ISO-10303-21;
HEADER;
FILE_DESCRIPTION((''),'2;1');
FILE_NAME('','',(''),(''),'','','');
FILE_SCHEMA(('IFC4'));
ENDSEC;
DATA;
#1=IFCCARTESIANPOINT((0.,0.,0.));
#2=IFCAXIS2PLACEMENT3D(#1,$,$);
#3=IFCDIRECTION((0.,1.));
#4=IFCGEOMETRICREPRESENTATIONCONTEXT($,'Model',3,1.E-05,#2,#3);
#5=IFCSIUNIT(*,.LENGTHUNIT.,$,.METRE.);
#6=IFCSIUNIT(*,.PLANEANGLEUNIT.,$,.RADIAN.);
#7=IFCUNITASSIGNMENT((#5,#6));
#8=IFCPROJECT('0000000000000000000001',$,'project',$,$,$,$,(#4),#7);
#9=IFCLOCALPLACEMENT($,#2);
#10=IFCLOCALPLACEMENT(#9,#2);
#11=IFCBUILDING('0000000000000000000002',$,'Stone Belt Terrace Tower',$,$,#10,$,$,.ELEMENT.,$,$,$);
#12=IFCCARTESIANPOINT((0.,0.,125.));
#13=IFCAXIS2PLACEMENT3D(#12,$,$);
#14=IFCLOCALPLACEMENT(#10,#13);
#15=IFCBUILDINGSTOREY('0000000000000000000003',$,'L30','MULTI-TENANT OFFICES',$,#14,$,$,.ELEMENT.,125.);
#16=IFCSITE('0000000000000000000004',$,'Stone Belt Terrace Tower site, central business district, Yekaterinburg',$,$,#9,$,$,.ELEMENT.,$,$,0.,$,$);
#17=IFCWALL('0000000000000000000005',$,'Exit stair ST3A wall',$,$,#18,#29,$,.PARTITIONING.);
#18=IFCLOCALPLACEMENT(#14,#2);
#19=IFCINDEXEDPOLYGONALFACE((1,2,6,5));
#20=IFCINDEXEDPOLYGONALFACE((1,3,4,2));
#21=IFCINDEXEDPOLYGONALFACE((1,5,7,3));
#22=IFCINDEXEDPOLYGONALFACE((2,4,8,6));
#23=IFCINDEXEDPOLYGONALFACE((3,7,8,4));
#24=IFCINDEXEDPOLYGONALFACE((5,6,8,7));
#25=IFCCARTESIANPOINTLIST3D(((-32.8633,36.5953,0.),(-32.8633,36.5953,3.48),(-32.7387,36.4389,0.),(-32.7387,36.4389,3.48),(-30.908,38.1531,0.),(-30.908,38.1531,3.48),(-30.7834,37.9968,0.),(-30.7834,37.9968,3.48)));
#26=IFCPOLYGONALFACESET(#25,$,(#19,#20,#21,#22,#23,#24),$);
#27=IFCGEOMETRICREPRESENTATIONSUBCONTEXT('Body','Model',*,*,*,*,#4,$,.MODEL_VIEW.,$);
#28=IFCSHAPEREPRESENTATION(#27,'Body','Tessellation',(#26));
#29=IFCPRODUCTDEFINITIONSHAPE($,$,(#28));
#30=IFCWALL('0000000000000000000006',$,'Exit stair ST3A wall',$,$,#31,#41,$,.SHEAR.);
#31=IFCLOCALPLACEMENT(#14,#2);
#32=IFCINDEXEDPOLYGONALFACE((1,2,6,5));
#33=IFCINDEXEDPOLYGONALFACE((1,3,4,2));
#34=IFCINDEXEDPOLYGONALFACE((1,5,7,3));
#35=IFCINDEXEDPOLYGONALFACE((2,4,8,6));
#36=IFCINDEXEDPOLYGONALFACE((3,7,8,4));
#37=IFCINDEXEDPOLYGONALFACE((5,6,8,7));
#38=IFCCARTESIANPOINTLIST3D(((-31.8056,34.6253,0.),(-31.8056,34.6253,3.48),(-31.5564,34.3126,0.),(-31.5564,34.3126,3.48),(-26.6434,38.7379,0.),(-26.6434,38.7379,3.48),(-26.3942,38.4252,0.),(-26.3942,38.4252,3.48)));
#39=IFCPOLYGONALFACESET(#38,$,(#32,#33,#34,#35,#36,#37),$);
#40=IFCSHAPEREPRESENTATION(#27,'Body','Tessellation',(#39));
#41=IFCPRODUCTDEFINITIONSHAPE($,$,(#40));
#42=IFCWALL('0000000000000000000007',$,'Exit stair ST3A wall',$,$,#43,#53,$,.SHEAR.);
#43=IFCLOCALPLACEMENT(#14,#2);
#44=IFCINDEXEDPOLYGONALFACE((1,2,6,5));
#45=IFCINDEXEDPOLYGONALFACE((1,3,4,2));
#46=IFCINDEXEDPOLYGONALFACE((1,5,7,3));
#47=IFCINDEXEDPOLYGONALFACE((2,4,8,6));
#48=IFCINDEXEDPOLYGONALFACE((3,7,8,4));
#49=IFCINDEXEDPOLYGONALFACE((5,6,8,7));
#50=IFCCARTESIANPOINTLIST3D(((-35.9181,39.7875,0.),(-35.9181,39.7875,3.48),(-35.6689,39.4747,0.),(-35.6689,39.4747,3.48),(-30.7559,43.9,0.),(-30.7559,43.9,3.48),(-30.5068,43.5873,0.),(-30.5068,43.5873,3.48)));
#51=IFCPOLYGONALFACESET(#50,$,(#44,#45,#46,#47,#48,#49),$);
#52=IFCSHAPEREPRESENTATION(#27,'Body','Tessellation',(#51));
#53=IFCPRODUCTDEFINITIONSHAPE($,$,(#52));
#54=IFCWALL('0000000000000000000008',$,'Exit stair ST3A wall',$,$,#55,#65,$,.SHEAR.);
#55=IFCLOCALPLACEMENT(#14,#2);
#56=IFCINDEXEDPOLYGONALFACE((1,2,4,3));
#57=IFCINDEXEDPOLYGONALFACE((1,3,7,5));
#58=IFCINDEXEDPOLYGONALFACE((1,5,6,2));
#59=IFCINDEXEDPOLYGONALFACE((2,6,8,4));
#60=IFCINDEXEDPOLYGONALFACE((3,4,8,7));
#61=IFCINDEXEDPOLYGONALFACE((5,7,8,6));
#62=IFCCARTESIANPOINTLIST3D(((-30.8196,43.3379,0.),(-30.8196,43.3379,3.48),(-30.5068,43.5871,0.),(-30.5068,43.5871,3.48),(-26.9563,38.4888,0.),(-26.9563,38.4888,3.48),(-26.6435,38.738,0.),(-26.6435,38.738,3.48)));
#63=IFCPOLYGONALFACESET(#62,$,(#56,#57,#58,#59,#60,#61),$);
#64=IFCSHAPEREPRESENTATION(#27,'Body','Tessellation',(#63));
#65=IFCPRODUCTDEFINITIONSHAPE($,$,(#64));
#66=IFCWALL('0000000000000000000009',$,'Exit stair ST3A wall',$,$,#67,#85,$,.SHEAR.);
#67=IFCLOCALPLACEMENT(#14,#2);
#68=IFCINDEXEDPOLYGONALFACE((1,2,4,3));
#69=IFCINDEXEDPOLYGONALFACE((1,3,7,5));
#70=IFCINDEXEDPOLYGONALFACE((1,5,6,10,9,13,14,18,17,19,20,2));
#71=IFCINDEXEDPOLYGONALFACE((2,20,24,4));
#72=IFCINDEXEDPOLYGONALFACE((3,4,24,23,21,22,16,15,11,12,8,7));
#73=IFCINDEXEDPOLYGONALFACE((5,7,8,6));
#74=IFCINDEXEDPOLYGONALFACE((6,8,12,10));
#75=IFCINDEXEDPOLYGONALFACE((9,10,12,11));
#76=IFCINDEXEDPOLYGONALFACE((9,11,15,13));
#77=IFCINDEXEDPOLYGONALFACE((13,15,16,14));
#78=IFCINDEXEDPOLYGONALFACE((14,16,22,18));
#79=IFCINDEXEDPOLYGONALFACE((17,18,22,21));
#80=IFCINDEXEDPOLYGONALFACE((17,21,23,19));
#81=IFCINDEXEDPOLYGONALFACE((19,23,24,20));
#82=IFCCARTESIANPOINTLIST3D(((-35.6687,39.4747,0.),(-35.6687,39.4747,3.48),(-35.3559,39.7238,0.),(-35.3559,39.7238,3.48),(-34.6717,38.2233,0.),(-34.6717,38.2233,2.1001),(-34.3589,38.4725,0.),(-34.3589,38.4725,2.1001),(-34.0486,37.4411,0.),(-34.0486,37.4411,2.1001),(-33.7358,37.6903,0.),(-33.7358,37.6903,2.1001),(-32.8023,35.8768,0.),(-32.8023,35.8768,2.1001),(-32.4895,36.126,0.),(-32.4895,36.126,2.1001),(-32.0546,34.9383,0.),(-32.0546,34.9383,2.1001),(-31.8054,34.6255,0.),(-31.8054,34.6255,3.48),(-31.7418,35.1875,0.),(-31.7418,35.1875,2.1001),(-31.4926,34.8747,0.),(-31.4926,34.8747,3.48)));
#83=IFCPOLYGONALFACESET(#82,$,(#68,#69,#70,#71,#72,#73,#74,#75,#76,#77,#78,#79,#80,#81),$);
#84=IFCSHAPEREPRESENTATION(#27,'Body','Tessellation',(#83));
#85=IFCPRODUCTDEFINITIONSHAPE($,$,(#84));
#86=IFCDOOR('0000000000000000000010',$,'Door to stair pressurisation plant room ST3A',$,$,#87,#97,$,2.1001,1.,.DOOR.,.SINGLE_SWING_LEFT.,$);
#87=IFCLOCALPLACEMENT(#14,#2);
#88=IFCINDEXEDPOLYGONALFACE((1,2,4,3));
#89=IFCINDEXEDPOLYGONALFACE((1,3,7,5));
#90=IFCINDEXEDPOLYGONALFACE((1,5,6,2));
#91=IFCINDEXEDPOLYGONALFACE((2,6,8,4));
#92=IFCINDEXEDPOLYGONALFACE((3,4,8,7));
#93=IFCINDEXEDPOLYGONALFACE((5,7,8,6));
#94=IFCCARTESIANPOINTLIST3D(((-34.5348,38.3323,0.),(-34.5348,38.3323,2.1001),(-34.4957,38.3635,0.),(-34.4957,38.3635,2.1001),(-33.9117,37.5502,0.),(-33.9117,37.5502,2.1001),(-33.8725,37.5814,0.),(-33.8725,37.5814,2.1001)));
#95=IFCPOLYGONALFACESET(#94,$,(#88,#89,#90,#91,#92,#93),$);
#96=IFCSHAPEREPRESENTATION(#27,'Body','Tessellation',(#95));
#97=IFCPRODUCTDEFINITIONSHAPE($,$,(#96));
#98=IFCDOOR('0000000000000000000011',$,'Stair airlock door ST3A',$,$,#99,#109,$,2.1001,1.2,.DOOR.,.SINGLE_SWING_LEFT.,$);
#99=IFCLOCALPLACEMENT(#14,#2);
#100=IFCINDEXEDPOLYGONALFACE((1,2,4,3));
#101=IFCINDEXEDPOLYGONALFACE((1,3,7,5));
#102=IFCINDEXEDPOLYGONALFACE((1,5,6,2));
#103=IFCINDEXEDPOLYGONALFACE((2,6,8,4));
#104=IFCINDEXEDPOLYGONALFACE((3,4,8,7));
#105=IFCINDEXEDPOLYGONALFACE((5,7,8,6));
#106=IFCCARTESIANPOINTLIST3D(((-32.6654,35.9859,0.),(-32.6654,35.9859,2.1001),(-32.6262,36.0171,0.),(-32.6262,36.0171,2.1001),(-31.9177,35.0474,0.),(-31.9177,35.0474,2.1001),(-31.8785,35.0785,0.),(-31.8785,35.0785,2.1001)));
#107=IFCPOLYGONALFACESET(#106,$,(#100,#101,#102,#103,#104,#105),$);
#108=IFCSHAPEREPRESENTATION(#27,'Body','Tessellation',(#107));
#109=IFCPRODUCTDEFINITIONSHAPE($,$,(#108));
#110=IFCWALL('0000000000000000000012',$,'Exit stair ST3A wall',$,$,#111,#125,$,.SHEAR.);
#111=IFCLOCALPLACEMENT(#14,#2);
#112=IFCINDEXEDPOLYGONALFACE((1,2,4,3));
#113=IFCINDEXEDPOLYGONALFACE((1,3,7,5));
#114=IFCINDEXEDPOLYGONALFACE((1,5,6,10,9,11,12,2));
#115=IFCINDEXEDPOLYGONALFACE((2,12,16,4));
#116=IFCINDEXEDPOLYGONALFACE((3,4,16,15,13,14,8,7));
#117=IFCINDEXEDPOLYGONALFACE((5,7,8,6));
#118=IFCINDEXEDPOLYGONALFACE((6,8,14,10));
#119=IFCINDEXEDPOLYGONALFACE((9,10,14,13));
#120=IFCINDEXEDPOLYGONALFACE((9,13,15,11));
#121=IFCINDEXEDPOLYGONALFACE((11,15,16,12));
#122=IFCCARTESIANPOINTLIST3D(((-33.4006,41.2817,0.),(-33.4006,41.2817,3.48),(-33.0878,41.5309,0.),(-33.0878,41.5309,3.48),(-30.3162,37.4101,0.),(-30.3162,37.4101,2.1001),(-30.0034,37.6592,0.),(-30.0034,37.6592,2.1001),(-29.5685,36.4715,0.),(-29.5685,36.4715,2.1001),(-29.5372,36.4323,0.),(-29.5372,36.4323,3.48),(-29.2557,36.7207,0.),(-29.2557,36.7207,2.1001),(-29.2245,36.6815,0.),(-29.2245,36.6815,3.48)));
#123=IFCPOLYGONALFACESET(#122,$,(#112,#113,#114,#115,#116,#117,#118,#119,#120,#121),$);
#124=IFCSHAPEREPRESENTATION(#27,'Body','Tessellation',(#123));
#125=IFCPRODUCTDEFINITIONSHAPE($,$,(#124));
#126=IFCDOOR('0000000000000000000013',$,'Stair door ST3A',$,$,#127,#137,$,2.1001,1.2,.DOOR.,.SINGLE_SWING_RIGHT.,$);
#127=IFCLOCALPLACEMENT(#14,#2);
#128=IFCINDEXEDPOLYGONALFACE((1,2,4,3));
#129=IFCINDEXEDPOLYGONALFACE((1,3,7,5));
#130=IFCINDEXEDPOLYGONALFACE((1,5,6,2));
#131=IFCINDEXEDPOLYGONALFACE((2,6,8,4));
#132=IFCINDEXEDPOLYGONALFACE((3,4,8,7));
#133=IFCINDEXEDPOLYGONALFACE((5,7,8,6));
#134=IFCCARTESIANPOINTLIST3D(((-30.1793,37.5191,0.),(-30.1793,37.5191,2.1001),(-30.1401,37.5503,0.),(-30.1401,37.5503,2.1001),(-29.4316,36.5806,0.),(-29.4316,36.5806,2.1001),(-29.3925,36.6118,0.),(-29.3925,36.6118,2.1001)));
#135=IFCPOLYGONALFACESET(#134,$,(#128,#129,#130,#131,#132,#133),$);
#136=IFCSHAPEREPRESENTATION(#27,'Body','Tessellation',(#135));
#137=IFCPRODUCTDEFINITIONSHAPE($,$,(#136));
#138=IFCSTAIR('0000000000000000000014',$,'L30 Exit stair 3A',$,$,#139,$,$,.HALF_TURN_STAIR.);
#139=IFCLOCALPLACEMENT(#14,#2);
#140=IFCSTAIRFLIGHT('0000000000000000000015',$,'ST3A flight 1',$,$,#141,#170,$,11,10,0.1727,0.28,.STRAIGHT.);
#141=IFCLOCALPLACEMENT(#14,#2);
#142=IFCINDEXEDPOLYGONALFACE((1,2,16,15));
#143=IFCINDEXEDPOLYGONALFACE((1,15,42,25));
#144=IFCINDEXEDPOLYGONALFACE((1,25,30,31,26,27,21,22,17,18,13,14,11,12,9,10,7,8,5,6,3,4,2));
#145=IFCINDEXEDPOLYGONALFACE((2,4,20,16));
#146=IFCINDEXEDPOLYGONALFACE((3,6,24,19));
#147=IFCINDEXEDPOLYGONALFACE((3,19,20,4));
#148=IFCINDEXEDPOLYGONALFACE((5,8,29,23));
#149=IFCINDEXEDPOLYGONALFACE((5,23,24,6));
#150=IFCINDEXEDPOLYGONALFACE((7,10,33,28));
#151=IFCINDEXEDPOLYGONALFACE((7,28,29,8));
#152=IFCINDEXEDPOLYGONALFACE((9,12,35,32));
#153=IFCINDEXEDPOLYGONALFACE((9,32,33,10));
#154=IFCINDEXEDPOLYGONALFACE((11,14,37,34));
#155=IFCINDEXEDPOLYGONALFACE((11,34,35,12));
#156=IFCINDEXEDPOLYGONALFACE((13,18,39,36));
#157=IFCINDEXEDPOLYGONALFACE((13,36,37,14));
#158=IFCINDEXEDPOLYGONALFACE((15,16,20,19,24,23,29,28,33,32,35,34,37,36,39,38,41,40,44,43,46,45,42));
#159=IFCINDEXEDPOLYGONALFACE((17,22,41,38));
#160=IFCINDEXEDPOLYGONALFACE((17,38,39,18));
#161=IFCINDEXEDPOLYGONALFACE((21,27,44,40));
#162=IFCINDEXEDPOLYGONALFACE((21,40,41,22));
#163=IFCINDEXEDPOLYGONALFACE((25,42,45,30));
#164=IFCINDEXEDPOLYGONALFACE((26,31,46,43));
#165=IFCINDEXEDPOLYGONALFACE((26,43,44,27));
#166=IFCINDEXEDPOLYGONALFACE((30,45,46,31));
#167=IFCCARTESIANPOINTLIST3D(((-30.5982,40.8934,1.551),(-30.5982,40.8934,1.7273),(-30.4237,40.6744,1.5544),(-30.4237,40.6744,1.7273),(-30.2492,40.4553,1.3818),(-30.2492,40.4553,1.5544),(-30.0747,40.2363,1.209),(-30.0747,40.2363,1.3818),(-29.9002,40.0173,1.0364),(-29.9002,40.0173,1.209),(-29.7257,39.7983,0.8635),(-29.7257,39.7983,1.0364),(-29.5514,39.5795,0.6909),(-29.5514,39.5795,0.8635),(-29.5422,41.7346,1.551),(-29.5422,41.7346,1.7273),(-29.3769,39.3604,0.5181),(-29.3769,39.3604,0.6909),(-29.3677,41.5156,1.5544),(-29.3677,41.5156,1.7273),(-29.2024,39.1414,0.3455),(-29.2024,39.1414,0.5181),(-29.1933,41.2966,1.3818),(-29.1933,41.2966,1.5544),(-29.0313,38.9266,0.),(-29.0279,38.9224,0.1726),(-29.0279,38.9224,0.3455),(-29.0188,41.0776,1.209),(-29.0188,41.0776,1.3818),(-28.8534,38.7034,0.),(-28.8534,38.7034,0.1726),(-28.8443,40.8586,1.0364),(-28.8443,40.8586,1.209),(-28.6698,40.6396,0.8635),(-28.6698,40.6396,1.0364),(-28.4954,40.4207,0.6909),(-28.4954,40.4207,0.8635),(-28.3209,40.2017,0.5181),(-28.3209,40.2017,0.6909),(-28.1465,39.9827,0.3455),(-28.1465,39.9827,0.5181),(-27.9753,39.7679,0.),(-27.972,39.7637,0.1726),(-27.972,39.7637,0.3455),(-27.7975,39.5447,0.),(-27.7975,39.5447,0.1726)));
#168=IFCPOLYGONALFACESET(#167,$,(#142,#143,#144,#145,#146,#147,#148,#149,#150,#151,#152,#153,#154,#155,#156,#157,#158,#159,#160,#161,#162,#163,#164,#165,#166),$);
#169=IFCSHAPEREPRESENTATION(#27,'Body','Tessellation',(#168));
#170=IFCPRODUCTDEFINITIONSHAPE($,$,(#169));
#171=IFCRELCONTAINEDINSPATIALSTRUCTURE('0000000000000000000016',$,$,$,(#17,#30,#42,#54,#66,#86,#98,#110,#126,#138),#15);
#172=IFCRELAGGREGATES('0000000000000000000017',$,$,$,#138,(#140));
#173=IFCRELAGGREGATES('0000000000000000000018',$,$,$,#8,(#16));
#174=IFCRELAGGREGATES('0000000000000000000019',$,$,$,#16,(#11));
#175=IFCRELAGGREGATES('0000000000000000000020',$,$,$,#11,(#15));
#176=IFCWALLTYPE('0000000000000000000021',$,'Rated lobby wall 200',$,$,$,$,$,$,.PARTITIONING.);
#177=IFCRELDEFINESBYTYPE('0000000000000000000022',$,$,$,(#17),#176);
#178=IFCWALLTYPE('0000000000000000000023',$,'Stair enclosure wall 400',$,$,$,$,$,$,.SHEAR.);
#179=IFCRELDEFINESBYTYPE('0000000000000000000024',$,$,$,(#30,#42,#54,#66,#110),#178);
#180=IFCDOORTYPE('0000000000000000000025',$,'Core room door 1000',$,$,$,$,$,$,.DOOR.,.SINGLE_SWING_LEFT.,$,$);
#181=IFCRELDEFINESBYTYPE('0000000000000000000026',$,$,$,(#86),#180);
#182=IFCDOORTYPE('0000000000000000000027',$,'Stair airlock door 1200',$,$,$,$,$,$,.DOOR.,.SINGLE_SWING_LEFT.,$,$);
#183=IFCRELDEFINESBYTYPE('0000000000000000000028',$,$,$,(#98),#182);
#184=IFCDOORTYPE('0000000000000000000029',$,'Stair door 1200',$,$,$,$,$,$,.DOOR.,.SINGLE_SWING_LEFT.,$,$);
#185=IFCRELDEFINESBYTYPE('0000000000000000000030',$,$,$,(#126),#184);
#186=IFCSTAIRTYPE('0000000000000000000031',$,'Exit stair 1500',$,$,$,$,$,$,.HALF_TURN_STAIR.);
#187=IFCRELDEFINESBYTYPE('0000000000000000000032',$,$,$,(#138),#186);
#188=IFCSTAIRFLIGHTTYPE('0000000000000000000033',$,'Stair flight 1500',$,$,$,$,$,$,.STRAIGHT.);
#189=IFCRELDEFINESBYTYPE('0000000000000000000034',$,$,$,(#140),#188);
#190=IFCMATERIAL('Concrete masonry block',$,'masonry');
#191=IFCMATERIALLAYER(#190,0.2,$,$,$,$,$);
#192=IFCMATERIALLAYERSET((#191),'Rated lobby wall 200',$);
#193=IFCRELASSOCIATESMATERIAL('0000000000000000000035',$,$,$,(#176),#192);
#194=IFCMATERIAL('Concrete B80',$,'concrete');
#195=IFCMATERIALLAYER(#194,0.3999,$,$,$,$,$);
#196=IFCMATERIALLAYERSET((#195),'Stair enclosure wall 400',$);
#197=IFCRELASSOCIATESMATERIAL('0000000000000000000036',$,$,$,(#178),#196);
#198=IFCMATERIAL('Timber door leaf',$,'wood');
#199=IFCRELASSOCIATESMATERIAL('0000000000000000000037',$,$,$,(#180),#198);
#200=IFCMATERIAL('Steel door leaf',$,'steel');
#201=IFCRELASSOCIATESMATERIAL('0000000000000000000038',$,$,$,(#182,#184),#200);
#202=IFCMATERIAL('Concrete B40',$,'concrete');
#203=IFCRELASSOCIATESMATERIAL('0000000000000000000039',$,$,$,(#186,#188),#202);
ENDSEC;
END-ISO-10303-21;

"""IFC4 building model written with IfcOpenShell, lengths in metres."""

from ifc_helpers import new_model, si_unit, direction, frame, frame_2d, origin, place, context, subcontext, project, spatial, polyline, rectangle, outline, extrude, material, layer, layer_set, type_object, element, fill, aggregate, save


model = new_model("IFC4")

# Units and contexts
model_context = context("Model", 3, precision=1e-05, world=origin(), true_north=direction((0.0, 1.0)))
body_context = subcontext(model_context, "Body", "Model", "MODEL_VIEW")
ifc_project = project(units=[si_unit("LENGTHUNIT", "METRE"), si_unit("PLANEANGLEUNIT", "RADIAN")], contexts=[model_context])

# Site, building, storey
site_placement = place(None, origin())
site = spatial("IfcSite", under=ifc_project, at=site_placement, Name="Stone Belt Terrace Tower site, central business district, Yekaterinburg", CompositionType="ELEMENT", RefElevation=0.0)
building_placement = place(site_placement, origin())
building = spatial("IfcBuilding", under=site, at=building_placement, Name="Stone Belt Terrace Tower", CompositionType="ELEMENT")
storey_placement = place(building_placement, frame((0.0, 0.0, 125.0)))
storey = spatial("IfcBuildingStorey", under=building, at=storey_placement, Name="L30", Description="MULTI-TENANT OFFICES", CompositionType="ELEMENT", Elevation=125.0)

# Shared definitions
ifc_material_1 = material(Name="Concrete B80", Category="concrete")

# Shared definitions
ifc_material_2 = material(Name="Timber door leaf", Category="wood")

# Walls
ifc_material_3 = material(Name="Concrete masonry block", Category="masonry")
ifc_layer_1 = layer(ifc_material_3, 0.2)
ifc_layer_set_1 = layer_set([ifc_layer_1], Name="Rated lobby wall 200")
wall_type_1 = type_object("IfcWallType", Name="Rated lobby wall 200", PredefinedType="PARTITIONING", material=ifc_layer_set_1)
wall_1_placement = place(storey_placement, frame((-30.8457, 38.075, 0.0), z_axis=(0.0, 0.0, 1.0), x_axis=(-0.782115, -0.623134, 0.0)))
element("IfcWall", 1, at=wall_1_placement, inside=storey, type_object=wall_type_1, Name="Exit stair ST3A wall", PredefinedType="PARTITIONING", context=body_context, shape_type="SweptSolid", body=[
    extrude(rectangle(XDim=2.5, YDim=0.2, at=frame_2d((1.25, 0.0))), origin(), (0.0, 0.0, 1.0), 3.48),
])
ifc_layer_2 = layer(ifc_material_1, 0.3999)
ifc_layer_set_2 = layer_set([ifc_layer_2], Name="Stair enclosure wall 400")
wall_type_2 = type_object("IfcWallType", Name="Stair enclosure wall 400", PredefinedType="SHEAR", material=ifc_layer_set_2)
for number, where, z_axis, x_axis, name in (
    (2, (-26.5188, 38.5815, 0.0), (0.0, 0.0, 1.0), (-0.782134, -0.62311, 0.0), "Exit stair ST3A wall"),
    (3, (-30.6313, 43.7437, 0.0), (0.0, 0.0, 1.0), (-0.782134, -0.62311, 0.0), "Exit stair ST3A wall"),
):
    element("IfcWall", number, at=place(storey_placement, frame(where, z_axis=z_axis, x_axis=x_axis)), inside=storey, type_object=wall_type_2, Name=name, PredefinedType="SHEAR", context=body_context, shape_type="SweptSolid", body=[
        extrude(rectangle(XDim=6.6001, YDim=0.3999, at=frame_2d((3.3, 0.0))), origin(), (0.0, 0.0, 1.0), 3.48),
    ])
wall_2_placement = place(storey_placement, frame((-26.7998, 38.6133, 0.0), z_axis=(0.0, 0.0, 1.0), x_axis=(-0.623119, 0.782127, 0.0)))
element("IfcWall", 4, at=wall_2_placement, inside=storey, type_object=wall_type_2, Name="Exit stair ST3A wall", PredefinedType="SHEAR", context=body_context, shape_type="SweptSolid", body=[
    extrude(rectangle(XDim=6.2, YDim=0.3999, at=frame_2d((3.1001, 0.0))), origin(), (0.0, 0.0, 1.0), 3.48),
])

# Wall, openings, doors
wall_3_placement = place(storey_placement, frame((-31.6489, 34.75, 0.0), z_axis=(0.0, 0.0, 1.0), x_axis=(-0.623119, 0.782127, 0.0)))
wall_3 = element("IfcWall", 5, at=wall_3_placement, inside=storey, type_object=wall_type_2, Name="Exit stair ST3A wall", PredefinedType="SHEAR", context=body_context, shape_type="SweptSolid", body=[
    extrude(rectangle(XDim=6.2, YDim=0.3999, at=frame_2d((3.1001, 0.0))), origin(), (0.0, 0.0, 1.0), 3.48),
])
opening_1_placement = place(wall_3_placement, frame((0.3999, 0.0, 0.0)))
opening_1 = element("IfcOpeningElement", 6, at=opening_1_placement, cuts=wall_3, PredefinedType="OPENING", context=body_context, shape_type="SweptSolid", body=[
    extrude(rectangle(XDim=1.2, YDim=2.1001, at=frame_2d((0.6001, 1.05))), frame((0.0, 0.21, 0.0), z_axis=(0.0, -1.0, 0.0), x_axis=(1.0, 0.0, 0.0)), (0.0, 0.0, 1.0), 0.4199),
])
opening_2_placement = place(wall_3_placement, frame((3.6001, 0.0, 0.0)))
opening_2 = element("IfcOpeningElement", 7, at=opening_2_placement, cuts=wall_3, PredefinedType="OPENING", context=body_context, shape_type="SweptSolid", body=[
    extrude(rectangle(XDim=1.0, YDim=2.1001, at=frame_2d((0.5, 1.05))), frame((0.0, 0.21, 0.0), z_axis=(0.0, -1.0, 0.0), x_axis=(1.0, 0.0, 0.0)), (0.0, 0.0, 1.0), 0.4199),
])
door_type_1 = type_object("IfcDoorType", Name="Core room door 1000", OperationType="SINGLE_SWING_LEFT", PredefinedType="DOOR", material=ifc_material_2)
door_1_placement = place(opening_2_placement, origin())
door_1 = element("IfcDoor", 8, at=door_1_placement, inside=storey, type_object=door_type_1, Name="Door to stair pressurisation plant room ST3A", OperationType="SINGLE_SWING_LEFT", OverallHeight=2.1001, OverallWidth=1.0, PredefinedType="DOOR", context=body_context, shape_type="SweptSolid", body=[
    extrude(rectangle(XDim=1.0, YDim=2.1001, at=frame_2d((0.5, 1.05))), frame((0.0, 0.0249, 0.0), z_axis=(0.0, -1.0, 0.0), x_axis=(1.0, 0.0, 0.0)), (0.0, 0.0, 1.0), 0.05),
])
fill(opening_2, door_1)
ifc_material_4 = material(Name="Steel door leaf", Category="steel")
door_type_2 = type_object("IfcDoorType", Name="Stair airlock door 1200", OperationType="SINGLE_SWING_LEFT", PredefinedType="DOOR", material=ifc_material_4)
door_2_placement = place(opening_1_placement, origin())
door_2 = element("IfcDoor", 9, at=door_2_placement, inside=storey, type_object=door_type_2, Name="Stair airlock door ST3A", OperationType="SINGLE_SWING_LEFT", OverallHeight=2.1001, OverallWidth=1.2, PredefinedType="DOOR", context=body_context, shape_type="SweptSolid", body=[
    extrude(rectangle(XDim=1.2, YDim=2.1001, at=frame_2d((0.6001, 1.05))), frame((0.0, 0.0249, 0.0), z_axis=(0.0, -1.0, 0.0), x_axis=(1.0, 0.0, 0.0)), (0.0, 0.0, 1.0), 0.05),
])
fill(opening_1, door_2)

# Wall, opening, door
wall_4_placement = place(storey_placement, frame((-29.3809, 36.5569, 0.0), z_axis=(0.0, 0.0, 1.0), x_axis=(-0.623099, 0.782143, 0.0)))
wall_4 = element("IfcWall", 10, at=wall_4_placement, inside=storey, type_object=wall_type_2, Name="Exit stair ST3A wall", PredefinedType="SHEAR", context=body_context, shape_type="SweptSolid", body=[
    extrude(rectangle(XDim=6.2002, YDim=0.3999, at=frame_2d((3.1001, 0.0))), origin(), (0.0, 0.0, 1.0), 3.48),
])
opening_3_placement = place(wall_4_placement, frame((0.05, 0.0, 0.0)))
opening_3 = element("IfcOpeningElement", 11, at=opening_3_placement, cuts=wall_4, PredefinedType="OPENING", context=body_context, shape_type="SweptSolid", body=[
    extrude(rectangle(XDim=1.2, YDim=2.1001, at=frame_2d((0.6001, 1.05))), frame((0.0, 0.21, 0.0), z_axis=(0.0, -1.0, 0.0), x_axis=(1.0, 0.0, 0.0)), (0.0, 0.0, 1.0), 0.4199),
])
door_type_3 = type_object("IfcDoorType", Name="Stair door 1200", OperationType="SINGLE_SWING_LEFT", PredefinedType="DOOR", material=ifc_material_4)
door_3_placement = place(opening_3_placement, origin())
door_3 = element("IfcDoor", 12, at=door_3_placement, inside=storey, type_object=door_type_3, Name="Stair door ST3A", OperationType="SINGLE_SWING_RIGHT", OverallHeight=2.1001, OverallWidth=1.2, PredefinedType="DOOR", context=body_context, shape_type="SweptSolid", body=[
    extrude(rectangle(XDim=1.2, YDim=2.1001, at=frame_2d((0.6001, 1.05))), frame((0.0, 0.0249, 0.0), z_axis=(0.0, -1.0, 0.0), x_axis=(1.0, 0.0, 0.0)), (0.0, 0.0, 1.0), 0.05),
])
fill(opening_3, door_3)

# Stair, stair flight
ifc_material_5 = material(Name="Concrete B40", Category="concrete")
stair_type = type_object("IfcStairType", Name="Exit stair 1500", PredefinedType="HALF_TURN_STAIR", material=ifc_material_5)
stair_placement = place(storey_placement, origin())
stair = element("IfcStair", 13, at=stair_placement, inside=storey, type_object=stair_type, Name="L30 Exit stair 3A", PredefinedType="HALF_TURN_STAIR")
stair_flight_type = type_object("IfcStairFlightType", Name="Stair flight 1500", PredefinedType="STRAIGHT", material=ifc_material_5)
stair_flight_1_placement = place(storey_placement, frame((-28.3254, 39.124, 0.0), z_axis=(0.0, 0.0, 1.0), x_axis=(-0.623121, 0.782125, 0.0)))
stair_flight_1 = element("IfcStairFlight", 14, at=stair_flight_1_placement, type_object=stair_flight_type, Name="ST3A flight 1", NumberOfRisers=11, NumberOfTreads=10, PredefinedType="STRAIGHT", RiserHeight=0.1727, TreadLength=0.28, context=body_context, shape_type="SweptSolid", body=[
    extrude(outline(polyline([(0.0, 0.0), (0.0, 0.1726), (0.28, 0.1726), (0.28, 0.3455), (0.5601, 0.3455), (0.5601, 0.5181), (0.8401, 0.5181), (0.8401, 0.6909), (1.1201, 0.6909), (1.1201, 0.8635), (1.3999, 0.8635), (1.3999, 1.0364), (1.6799, 1.0364), (1.6799, 1.209), (1.96, 1.209), (1.96, 1.3818), (2.24, 1.3818), (2.24, 1.5544), (2.52, 1.5544), (2.52, 1.7273), (2.8, 1.7273), (2.8, 1.8999), (2.8, 1.551), (0.2854, 0.0), (0.0, 0.0)])), frame((0.0, 0.675, 0.0), z_axis=(0.0, -1.0, 0.0), x_axis=(1.0, 0.0, 0.0)), (0.0, 0.0, 1.0), 1.3501),
])
aggregate(stair, [stair_flight_1])

save(model, "model.ifc")
